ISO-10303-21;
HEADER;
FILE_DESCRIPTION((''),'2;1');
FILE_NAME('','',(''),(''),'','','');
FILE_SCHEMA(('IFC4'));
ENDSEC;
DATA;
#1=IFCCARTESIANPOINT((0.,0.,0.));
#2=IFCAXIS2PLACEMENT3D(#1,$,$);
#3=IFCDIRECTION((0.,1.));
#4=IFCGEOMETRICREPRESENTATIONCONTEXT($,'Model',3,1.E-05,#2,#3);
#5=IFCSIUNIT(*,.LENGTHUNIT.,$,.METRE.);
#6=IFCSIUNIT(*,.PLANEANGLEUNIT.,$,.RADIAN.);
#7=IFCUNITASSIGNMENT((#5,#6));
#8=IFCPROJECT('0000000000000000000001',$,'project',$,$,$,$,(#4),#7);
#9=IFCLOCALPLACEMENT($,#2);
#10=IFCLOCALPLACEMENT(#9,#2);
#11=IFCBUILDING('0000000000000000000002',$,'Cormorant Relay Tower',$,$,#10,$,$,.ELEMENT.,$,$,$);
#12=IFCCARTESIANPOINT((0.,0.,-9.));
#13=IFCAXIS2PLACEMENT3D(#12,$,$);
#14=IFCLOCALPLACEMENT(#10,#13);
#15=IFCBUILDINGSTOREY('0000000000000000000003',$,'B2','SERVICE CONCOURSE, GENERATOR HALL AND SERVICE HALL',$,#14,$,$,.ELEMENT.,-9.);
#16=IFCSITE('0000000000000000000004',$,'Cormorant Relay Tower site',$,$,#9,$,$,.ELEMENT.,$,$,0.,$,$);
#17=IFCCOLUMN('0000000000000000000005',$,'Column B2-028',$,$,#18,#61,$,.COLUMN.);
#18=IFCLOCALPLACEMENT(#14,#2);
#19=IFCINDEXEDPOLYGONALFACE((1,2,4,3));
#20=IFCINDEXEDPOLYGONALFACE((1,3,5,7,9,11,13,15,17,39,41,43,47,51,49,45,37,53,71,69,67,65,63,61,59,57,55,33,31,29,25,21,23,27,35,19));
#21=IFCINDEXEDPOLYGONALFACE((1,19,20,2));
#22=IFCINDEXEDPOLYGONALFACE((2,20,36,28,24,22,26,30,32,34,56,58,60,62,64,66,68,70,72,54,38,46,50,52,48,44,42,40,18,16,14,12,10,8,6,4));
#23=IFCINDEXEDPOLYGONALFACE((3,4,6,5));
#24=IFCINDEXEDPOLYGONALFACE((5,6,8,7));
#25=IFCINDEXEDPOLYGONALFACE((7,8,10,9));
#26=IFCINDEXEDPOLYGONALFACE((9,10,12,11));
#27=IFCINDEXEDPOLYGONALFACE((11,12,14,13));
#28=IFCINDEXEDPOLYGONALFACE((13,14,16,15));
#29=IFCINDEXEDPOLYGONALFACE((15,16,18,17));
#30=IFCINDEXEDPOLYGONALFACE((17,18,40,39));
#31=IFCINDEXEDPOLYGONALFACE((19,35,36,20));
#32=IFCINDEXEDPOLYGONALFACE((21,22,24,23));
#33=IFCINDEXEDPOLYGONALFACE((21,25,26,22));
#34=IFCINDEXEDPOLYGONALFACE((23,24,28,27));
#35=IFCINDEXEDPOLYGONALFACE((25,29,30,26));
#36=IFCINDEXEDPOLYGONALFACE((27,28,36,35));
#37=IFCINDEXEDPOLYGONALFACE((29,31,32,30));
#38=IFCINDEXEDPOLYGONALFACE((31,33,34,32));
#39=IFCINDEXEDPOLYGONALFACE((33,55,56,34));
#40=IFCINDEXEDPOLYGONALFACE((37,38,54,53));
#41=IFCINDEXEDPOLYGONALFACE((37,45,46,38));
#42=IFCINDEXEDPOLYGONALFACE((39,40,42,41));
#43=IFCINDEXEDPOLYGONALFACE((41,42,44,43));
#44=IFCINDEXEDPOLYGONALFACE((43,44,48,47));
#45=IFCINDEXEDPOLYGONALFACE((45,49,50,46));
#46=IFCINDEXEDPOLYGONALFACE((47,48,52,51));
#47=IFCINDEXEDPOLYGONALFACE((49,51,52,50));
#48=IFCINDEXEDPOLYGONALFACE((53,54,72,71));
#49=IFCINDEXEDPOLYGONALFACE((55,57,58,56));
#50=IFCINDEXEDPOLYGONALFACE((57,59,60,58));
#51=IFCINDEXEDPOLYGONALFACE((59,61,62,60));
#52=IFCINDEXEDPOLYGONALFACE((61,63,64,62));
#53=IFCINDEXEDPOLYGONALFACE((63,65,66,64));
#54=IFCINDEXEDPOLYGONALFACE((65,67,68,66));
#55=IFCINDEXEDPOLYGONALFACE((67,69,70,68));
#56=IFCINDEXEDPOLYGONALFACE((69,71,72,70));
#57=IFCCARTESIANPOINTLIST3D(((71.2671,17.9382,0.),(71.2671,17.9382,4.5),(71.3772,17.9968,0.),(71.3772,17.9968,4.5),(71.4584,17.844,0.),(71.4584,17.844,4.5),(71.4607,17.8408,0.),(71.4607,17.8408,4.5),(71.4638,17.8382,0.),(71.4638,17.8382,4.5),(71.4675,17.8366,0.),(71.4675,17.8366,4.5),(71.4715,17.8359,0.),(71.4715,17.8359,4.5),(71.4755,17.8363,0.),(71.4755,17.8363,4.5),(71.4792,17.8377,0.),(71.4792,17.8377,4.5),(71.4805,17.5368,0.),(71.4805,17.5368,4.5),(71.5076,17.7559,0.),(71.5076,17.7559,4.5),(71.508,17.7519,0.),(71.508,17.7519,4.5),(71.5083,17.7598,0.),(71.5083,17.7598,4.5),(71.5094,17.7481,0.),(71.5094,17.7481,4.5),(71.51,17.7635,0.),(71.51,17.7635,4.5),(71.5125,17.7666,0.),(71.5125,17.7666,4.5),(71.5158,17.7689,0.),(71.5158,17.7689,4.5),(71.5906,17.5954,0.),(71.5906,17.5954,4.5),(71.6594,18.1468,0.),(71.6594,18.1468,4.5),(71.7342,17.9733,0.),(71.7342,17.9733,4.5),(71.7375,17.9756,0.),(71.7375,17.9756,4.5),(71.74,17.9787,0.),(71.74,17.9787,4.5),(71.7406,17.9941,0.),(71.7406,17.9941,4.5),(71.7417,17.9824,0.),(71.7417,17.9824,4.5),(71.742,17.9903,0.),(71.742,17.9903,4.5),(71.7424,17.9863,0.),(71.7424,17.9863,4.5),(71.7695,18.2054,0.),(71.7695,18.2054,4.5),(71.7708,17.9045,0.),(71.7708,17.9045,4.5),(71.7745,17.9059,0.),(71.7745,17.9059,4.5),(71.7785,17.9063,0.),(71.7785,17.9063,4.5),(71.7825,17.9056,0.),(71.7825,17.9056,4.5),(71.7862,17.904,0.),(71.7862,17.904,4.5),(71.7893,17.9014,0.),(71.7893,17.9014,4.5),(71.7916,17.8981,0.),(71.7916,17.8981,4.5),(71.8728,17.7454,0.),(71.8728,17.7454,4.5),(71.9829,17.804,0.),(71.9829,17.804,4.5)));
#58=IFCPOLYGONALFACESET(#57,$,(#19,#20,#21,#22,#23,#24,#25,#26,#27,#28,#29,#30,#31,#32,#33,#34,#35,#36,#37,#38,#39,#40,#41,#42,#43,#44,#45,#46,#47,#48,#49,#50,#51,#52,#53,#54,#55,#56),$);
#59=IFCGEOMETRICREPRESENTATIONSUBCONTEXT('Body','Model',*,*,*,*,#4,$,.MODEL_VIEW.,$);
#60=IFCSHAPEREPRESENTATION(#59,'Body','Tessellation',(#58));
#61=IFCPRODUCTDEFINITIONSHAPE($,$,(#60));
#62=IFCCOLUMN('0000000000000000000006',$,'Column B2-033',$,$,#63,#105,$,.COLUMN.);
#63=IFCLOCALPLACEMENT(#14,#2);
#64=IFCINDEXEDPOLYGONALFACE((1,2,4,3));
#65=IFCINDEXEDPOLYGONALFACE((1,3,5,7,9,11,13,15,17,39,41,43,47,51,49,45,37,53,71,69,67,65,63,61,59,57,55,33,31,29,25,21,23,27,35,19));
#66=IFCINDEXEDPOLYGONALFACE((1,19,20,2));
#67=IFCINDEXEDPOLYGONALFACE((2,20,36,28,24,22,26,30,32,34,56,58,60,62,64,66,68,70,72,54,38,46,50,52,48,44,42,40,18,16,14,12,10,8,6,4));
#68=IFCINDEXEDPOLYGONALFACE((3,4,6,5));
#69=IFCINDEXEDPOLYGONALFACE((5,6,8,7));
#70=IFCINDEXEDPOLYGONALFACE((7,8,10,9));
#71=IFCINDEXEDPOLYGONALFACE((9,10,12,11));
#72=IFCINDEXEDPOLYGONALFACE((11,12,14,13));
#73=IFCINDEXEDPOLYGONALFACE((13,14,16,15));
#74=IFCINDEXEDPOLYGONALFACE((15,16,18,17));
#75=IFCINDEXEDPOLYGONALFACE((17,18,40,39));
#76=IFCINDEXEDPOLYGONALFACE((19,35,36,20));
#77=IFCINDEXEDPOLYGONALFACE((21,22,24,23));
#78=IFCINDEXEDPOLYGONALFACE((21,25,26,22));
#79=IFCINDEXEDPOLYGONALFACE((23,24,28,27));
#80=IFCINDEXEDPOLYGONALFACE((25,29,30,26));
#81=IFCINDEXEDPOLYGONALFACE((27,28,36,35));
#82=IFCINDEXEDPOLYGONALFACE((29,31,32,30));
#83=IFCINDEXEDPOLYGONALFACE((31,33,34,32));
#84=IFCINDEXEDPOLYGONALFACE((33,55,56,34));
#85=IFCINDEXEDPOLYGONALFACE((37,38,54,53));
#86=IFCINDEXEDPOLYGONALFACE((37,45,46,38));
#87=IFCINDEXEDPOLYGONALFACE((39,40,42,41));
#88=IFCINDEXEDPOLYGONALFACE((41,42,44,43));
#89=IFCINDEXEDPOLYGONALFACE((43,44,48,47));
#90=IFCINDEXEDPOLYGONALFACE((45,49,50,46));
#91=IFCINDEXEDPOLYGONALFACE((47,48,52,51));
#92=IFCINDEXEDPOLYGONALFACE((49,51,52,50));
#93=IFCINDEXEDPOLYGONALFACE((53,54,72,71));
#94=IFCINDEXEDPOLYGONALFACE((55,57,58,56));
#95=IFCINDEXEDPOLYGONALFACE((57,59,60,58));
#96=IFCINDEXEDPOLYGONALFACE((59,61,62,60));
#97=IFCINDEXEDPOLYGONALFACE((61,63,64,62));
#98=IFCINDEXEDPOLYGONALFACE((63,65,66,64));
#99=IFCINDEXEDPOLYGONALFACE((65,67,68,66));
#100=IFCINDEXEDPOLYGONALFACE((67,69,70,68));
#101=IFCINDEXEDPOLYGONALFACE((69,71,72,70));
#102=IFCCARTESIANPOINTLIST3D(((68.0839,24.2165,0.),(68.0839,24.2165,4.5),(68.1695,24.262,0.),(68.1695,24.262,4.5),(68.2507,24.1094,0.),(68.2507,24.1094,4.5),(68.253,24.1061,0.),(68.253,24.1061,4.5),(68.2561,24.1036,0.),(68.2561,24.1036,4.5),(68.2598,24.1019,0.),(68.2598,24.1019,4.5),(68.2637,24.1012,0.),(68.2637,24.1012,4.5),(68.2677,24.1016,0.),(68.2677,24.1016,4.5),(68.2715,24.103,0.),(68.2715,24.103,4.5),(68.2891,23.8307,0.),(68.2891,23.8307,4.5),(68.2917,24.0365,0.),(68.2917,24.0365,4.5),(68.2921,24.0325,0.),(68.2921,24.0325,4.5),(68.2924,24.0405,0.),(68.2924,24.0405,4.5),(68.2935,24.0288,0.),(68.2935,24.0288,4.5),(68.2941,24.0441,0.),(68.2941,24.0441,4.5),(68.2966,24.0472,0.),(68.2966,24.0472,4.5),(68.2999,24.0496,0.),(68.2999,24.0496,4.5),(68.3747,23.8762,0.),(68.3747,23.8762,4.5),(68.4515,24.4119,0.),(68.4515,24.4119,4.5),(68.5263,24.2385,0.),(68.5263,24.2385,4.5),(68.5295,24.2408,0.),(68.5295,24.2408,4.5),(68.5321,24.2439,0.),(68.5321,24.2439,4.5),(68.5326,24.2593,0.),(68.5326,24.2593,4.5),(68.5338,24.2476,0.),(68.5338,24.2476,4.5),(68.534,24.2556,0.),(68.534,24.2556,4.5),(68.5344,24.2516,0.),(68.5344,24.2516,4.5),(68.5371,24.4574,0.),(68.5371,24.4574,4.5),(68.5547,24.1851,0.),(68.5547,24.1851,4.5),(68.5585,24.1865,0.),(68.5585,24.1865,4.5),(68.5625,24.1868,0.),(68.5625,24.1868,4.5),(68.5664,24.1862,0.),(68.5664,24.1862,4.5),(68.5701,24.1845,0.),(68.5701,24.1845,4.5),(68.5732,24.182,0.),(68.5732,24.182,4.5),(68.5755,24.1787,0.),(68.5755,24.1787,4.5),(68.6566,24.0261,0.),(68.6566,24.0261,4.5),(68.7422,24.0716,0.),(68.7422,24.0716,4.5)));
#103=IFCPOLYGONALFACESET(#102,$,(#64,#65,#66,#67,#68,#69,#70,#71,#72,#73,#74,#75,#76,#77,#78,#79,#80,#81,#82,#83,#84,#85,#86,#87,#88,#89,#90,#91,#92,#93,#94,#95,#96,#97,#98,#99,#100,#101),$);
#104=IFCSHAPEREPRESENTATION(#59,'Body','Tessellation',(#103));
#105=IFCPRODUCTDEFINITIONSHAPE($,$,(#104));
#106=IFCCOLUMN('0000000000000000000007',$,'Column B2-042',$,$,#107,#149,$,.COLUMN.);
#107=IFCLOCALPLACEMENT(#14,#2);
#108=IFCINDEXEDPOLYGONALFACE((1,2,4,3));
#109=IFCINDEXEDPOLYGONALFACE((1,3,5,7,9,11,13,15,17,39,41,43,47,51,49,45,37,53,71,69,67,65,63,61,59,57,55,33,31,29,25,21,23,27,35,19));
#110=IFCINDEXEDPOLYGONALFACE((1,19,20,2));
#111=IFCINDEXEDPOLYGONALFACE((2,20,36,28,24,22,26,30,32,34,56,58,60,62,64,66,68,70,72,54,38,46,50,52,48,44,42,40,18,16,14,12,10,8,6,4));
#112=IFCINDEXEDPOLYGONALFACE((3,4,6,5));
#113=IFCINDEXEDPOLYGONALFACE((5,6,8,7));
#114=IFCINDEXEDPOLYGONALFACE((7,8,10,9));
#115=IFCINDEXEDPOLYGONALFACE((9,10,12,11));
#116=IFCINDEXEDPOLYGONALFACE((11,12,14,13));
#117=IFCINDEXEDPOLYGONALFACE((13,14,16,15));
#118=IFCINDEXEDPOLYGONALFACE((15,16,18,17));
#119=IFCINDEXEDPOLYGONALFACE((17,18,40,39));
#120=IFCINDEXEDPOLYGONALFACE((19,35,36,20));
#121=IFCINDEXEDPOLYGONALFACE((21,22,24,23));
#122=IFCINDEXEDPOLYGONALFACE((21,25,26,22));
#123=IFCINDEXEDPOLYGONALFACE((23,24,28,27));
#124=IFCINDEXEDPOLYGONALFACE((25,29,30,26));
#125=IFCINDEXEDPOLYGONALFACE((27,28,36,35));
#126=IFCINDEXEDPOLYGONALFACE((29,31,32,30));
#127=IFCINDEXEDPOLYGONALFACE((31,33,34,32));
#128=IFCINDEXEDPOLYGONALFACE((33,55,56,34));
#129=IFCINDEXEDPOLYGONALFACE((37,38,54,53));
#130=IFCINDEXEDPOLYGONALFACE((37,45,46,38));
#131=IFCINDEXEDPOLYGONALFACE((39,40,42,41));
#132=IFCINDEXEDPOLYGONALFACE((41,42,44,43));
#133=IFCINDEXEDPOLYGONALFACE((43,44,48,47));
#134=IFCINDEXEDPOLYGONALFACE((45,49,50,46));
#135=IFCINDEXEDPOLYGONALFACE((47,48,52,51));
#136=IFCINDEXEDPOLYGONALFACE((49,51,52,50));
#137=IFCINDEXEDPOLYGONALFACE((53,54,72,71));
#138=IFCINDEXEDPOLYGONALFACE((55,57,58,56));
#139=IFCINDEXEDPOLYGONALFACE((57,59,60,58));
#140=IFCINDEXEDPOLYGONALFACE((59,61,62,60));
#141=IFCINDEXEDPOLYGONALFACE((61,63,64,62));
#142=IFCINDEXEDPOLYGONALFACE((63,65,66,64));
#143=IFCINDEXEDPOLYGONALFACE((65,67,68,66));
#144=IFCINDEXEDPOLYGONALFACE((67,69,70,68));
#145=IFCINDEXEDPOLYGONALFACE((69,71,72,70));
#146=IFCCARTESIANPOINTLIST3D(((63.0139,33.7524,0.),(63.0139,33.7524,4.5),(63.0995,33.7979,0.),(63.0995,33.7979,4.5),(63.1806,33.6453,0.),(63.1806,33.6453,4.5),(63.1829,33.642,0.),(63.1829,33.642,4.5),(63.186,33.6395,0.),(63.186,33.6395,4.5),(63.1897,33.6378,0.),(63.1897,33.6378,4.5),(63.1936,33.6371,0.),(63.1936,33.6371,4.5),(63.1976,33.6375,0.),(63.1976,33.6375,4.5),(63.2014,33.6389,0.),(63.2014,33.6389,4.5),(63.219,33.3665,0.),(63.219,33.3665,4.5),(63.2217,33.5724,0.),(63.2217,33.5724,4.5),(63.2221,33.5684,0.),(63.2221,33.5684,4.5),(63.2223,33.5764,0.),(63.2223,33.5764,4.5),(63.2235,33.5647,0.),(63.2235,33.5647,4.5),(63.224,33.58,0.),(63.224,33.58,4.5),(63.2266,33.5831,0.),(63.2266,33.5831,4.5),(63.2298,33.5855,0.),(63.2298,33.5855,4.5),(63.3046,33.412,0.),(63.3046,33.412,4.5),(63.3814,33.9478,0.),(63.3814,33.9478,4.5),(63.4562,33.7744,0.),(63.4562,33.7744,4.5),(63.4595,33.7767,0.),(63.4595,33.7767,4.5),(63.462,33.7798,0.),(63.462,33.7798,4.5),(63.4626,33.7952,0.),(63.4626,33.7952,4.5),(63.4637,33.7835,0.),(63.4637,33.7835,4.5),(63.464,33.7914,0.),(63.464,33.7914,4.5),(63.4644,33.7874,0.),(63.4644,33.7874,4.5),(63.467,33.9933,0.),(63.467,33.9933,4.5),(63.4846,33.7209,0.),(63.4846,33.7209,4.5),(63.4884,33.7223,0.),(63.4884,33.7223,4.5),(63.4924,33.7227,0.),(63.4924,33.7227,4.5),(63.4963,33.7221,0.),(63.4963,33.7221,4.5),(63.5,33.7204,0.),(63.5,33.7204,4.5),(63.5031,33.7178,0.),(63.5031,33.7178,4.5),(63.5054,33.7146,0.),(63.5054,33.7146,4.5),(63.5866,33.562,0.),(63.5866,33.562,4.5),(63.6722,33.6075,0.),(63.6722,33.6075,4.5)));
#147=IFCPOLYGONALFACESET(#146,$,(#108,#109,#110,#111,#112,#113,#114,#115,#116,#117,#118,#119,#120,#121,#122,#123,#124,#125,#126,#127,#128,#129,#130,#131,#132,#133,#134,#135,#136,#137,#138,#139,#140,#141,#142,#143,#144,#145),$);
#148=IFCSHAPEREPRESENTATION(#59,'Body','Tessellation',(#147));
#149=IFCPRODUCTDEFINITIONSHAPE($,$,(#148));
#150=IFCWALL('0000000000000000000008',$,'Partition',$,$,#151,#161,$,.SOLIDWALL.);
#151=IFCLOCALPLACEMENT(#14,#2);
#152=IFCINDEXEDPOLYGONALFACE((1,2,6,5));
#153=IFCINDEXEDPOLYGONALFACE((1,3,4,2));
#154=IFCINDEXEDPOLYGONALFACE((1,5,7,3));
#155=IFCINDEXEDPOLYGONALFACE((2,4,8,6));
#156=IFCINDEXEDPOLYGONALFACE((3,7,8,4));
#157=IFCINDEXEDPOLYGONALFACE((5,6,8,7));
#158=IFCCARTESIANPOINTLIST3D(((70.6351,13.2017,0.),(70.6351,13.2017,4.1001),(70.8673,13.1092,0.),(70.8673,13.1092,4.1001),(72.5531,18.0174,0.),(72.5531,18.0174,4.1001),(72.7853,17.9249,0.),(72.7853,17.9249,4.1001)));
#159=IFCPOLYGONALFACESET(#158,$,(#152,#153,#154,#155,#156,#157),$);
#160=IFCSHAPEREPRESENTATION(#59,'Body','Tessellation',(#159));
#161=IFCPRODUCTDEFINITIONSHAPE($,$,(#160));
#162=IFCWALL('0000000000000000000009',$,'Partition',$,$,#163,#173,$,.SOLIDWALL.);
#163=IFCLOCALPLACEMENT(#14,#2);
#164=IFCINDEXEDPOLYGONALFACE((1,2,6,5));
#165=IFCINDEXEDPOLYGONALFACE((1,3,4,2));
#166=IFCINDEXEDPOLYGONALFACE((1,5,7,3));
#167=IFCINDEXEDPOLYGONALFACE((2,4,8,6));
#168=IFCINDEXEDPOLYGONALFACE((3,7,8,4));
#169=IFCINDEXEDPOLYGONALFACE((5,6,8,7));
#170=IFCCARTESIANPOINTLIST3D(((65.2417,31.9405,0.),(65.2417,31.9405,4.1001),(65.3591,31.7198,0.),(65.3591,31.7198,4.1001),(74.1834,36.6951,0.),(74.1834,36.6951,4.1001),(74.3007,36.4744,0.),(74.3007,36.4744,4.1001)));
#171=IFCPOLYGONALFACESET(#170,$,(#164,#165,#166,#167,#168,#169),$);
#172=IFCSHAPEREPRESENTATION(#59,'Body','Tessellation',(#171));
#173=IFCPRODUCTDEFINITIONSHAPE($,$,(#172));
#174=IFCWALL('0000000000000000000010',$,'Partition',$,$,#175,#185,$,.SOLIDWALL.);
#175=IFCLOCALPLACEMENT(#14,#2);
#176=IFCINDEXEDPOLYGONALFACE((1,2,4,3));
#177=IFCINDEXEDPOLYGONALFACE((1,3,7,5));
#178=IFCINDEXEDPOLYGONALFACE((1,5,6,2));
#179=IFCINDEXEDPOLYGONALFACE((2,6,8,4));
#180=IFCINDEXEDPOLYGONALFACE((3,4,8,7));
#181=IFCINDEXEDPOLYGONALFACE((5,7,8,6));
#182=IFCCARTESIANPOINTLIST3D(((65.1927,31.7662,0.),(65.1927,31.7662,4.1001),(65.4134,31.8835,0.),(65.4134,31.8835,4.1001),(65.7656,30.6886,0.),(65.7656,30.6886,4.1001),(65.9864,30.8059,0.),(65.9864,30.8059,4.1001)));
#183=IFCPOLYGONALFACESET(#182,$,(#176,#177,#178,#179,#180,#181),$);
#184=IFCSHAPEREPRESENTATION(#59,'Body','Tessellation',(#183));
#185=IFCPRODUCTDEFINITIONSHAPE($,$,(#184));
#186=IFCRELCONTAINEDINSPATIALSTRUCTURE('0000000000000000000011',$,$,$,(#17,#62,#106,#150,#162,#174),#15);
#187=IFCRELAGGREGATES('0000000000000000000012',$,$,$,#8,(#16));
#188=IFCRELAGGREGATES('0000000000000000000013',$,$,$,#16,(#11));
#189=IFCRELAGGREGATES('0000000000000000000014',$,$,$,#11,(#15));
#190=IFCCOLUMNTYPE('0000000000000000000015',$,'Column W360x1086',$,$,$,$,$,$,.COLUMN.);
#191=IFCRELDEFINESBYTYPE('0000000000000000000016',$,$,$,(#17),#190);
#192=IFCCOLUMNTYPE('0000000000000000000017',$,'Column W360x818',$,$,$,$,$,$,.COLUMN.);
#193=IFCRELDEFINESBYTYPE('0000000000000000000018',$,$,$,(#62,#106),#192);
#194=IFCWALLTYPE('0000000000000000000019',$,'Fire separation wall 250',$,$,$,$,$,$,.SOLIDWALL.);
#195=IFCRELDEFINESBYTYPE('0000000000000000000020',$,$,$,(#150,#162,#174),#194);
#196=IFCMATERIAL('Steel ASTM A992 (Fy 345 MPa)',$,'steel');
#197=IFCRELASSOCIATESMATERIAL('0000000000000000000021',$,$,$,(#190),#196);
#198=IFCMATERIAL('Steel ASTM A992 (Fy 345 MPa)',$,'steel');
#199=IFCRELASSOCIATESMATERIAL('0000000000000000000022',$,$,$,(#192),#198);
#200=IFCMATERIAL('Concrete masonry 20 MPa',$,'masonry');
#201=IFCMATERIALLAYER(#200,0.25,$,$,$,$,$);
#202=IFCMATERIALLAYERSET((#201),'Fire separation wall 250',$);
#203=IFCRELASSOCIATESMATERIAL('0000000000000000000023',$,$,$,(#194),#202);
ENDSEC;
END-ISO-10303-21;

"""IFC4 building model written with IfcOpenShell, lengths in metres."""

from ifc_helpers import new_model, si_unit, direction, frame, frame_2d, origin, origin_2d, place, context, subcontext, project, spatial, rectangle, i_section, extrude, material, layer, layer_set, material_profile, profile_set, type_object, element, save


model = new_model("IFC4")

# Units and contexts
model_context = context("Model", 3, precision=1e-05, world=origin(), true_north=direction((0.0, 1.0)))
body_context = subcontext(model_context, "Body", "Model", "MODEL_VIEW")
ifc_project = project(units=[si_unit("LENGTHUNIT", "METRE"), si_unit("PLANEANGLEUNIT", "RADIAN")], contexts=[model_context])

# Site, building, storey
site_placement = place(None, origin())
site = spatial("IfcSite", under=ifc_project, at=site_placement, Name="Cormorant Relay Tower site", CompositionType="ELEMENT", RefElevation=0.0)
building_placement = place(site_placement, origin())
building = spatial("IfcBuilding", under=site, at=building_placement, Name="Cormorant Relay Tower", CompositionType="ELEMENT")
storey_placement = place(building_placement, frame((0.0, 0.0, -9.0)))
storey = spatial("IfcBuildingStorey", under=building, at=storey_placement, Name="B2", Description="SERVICE CONCOURSE, GENERATOR HALL AND SERVICE HALL", CompositionType="ELEMENT", Elevation=-9.0)

# Columns
ifc_material_1 = material(Name="Steel ASTM A992 (Fy 345 MPa)", Category="steel")
ifc_material_profile_1 = material_profile(ifc_material_1, i_section(OverallWidth=0.4546, OverallDepth=0.5691, WebThickness=0.0779, FlangeThickness=0.1248, FilletRadius=0.0154, at=origin_2d()), Name="W360x1086")
ifc_profile_set_1 = profile_set([ifc_material_profile_1], Name="Steel ASTM A992 (Fy 345 MPa)")
column_type_1 = type_object("IfcColumnType", Name="Column W360x1086", PredefinedType="COLUMN", material=ifc_profile_set_1)
column_placement = place(storey_placement, frame((71.625, 17.8711, 0.0), z_axis=(0.0, 0.0, 1.0), x_axis=(-0.469472, 0.882948, 0.0)))
element("IfcColumn", 1, at=column_placement, inside=storey, type_object=column_type_1, Name="Column B2-028", PredefinedType="COLUMN", context=body_context, shape_type="SweptSolid", body=[
    extrude(i_section(OverallWidth=0.4546, OverallDepth=0.5691, WebThickness=0.0779, FlangeThickness=0.1248, FilletRadius=0.0154, at=origin_2d()), origin(), (0.0, 0.0, 1.0), 4.5),
])
ifc_material_2 = material(Name="Steel ASTM A992 (Fy 345 MPa)", Category="steel")
ifc_material_profile_2 = material_profile(ifc_material_2, i_section(OverallWidth=0.437, OverallDepth=0.5132, WebThickness=0.0605, FlangeThickness=0.0969, FilletRadius=0.0154, at=origin_2d()), Name="W360x818")
ifc_profile_set_2 = profile_set([ifc_material_profile_2], Name="Steel ASTM A992 (Fy 345 MPa)")
column_type_2 = type_object("IfcColumnType", Name="Column W360x818", PredefinedType="COLUMN", material=ifc_profile_set_2)
for number, where, z_axis, x_axis, name in (
    (2, (68.4131, 24.144, 0.0), (0.0, 0.0, 1.0), (-0.469472, 0.882948, 0.0), "Column B2-033"),
    (3, (63.343, 33.6799, 0.0), (0.0, 0.0, 1.0), (-0.469472, 0.882948, 0.0), "Column B2-042"),
):
    element("IfcColumn", number, at=place(storey_placement, frame(where, z_axis=z_axis, x_axis=x_axis)), inside=storey, type_object=column_type_2, Name=name, PredefinedType="COLUMN", context=body_context, shape_type="SweptSolid", body=[
        extrude(i_section(OverallWidth=0.437, OverallDepth=0.5132, WebThickness=0.0605, FlangeThickness=0.0969, FilletRadius=0.0154, at=origin_2d()), origin(), (0.0, 0.0, 1.0), 4.5),
    ])

# Walls
ifc_material_3 = material(Name="Concrete masonry 20 MPa", Category="masonry")
ifc_layer_1 = layer(ifc_material_3, 0.25)
ifc_layer_set_1 = layer_set([ifc_layer_1], Name="Fire separation wall 250")
wall_type_1 = type_object("IfcWallType", Name="Fire separation wall 250", PredefinedType="SOLIDWALL", material=ifc_layer_set_1)
wall_1_placement = place(storey_placement, frame((72.6692, 17.9712, 0.0), z_axis=(0.0, 0.0, 1.0), x_axis=(-0.37001, -0.929028, 0.0)))
element("IfcWall", 4, at=wall_1_placement, inside=storey, type_object=wall_type_1, Name="Partition", PredefinedType="SOLIDWALL", context=body_context, shape_type="SweptSolid", body=[
    extrude(rectangle(XDim=5.1836, YDim=0.25, at=frame_2d((2.5918, 0.0))), origin(), (0.0, 0.0, 1.0), 4.1001),
])
wall_2_placement = place(storey_placement, frame((74.2419, 36.5847, 0.0), z_axis=(0.0, 0.0, 1.0), x_axis=(-0.882936, -0.469493, 0.0)))
element("IfcWall", 5, at=wall_2_placement, inside=storey, type_object=wall_type_1, Name="Partition", PredefinedType="SOLIDWALL", context=body_context, shape_type="SweptSolid", body=[
    extrude(rectangle(XDim=10.1272, YDim=0.25, at=frame_2d((5.0635, 0.0))), origin(), (0.0, 0.0, 1.0), 4.1001),
])
wall_3_placement = place(storey_placement, frame((65.303, 31.825, 0.0), z_axis=(0.0, 0.0, 1.0), x_axis=(0.469477, -0.882945, 0.0)))
element("IfcWall", 6, at=wall_3_placement, inside=storey, type_object=wall_type_1, Name="Partition", PredefinedType="SOLIDWALL", context=body_context, shape_type="SweptSolid", body=[
    extrude(rectangle(XDim=1.2205, YDim=0.25, at=frame_2d((0.6104, 0.0))), origin(), (0.0, 0.0, 1.0), 4.1001),
])

save(model, "model.ifc")
